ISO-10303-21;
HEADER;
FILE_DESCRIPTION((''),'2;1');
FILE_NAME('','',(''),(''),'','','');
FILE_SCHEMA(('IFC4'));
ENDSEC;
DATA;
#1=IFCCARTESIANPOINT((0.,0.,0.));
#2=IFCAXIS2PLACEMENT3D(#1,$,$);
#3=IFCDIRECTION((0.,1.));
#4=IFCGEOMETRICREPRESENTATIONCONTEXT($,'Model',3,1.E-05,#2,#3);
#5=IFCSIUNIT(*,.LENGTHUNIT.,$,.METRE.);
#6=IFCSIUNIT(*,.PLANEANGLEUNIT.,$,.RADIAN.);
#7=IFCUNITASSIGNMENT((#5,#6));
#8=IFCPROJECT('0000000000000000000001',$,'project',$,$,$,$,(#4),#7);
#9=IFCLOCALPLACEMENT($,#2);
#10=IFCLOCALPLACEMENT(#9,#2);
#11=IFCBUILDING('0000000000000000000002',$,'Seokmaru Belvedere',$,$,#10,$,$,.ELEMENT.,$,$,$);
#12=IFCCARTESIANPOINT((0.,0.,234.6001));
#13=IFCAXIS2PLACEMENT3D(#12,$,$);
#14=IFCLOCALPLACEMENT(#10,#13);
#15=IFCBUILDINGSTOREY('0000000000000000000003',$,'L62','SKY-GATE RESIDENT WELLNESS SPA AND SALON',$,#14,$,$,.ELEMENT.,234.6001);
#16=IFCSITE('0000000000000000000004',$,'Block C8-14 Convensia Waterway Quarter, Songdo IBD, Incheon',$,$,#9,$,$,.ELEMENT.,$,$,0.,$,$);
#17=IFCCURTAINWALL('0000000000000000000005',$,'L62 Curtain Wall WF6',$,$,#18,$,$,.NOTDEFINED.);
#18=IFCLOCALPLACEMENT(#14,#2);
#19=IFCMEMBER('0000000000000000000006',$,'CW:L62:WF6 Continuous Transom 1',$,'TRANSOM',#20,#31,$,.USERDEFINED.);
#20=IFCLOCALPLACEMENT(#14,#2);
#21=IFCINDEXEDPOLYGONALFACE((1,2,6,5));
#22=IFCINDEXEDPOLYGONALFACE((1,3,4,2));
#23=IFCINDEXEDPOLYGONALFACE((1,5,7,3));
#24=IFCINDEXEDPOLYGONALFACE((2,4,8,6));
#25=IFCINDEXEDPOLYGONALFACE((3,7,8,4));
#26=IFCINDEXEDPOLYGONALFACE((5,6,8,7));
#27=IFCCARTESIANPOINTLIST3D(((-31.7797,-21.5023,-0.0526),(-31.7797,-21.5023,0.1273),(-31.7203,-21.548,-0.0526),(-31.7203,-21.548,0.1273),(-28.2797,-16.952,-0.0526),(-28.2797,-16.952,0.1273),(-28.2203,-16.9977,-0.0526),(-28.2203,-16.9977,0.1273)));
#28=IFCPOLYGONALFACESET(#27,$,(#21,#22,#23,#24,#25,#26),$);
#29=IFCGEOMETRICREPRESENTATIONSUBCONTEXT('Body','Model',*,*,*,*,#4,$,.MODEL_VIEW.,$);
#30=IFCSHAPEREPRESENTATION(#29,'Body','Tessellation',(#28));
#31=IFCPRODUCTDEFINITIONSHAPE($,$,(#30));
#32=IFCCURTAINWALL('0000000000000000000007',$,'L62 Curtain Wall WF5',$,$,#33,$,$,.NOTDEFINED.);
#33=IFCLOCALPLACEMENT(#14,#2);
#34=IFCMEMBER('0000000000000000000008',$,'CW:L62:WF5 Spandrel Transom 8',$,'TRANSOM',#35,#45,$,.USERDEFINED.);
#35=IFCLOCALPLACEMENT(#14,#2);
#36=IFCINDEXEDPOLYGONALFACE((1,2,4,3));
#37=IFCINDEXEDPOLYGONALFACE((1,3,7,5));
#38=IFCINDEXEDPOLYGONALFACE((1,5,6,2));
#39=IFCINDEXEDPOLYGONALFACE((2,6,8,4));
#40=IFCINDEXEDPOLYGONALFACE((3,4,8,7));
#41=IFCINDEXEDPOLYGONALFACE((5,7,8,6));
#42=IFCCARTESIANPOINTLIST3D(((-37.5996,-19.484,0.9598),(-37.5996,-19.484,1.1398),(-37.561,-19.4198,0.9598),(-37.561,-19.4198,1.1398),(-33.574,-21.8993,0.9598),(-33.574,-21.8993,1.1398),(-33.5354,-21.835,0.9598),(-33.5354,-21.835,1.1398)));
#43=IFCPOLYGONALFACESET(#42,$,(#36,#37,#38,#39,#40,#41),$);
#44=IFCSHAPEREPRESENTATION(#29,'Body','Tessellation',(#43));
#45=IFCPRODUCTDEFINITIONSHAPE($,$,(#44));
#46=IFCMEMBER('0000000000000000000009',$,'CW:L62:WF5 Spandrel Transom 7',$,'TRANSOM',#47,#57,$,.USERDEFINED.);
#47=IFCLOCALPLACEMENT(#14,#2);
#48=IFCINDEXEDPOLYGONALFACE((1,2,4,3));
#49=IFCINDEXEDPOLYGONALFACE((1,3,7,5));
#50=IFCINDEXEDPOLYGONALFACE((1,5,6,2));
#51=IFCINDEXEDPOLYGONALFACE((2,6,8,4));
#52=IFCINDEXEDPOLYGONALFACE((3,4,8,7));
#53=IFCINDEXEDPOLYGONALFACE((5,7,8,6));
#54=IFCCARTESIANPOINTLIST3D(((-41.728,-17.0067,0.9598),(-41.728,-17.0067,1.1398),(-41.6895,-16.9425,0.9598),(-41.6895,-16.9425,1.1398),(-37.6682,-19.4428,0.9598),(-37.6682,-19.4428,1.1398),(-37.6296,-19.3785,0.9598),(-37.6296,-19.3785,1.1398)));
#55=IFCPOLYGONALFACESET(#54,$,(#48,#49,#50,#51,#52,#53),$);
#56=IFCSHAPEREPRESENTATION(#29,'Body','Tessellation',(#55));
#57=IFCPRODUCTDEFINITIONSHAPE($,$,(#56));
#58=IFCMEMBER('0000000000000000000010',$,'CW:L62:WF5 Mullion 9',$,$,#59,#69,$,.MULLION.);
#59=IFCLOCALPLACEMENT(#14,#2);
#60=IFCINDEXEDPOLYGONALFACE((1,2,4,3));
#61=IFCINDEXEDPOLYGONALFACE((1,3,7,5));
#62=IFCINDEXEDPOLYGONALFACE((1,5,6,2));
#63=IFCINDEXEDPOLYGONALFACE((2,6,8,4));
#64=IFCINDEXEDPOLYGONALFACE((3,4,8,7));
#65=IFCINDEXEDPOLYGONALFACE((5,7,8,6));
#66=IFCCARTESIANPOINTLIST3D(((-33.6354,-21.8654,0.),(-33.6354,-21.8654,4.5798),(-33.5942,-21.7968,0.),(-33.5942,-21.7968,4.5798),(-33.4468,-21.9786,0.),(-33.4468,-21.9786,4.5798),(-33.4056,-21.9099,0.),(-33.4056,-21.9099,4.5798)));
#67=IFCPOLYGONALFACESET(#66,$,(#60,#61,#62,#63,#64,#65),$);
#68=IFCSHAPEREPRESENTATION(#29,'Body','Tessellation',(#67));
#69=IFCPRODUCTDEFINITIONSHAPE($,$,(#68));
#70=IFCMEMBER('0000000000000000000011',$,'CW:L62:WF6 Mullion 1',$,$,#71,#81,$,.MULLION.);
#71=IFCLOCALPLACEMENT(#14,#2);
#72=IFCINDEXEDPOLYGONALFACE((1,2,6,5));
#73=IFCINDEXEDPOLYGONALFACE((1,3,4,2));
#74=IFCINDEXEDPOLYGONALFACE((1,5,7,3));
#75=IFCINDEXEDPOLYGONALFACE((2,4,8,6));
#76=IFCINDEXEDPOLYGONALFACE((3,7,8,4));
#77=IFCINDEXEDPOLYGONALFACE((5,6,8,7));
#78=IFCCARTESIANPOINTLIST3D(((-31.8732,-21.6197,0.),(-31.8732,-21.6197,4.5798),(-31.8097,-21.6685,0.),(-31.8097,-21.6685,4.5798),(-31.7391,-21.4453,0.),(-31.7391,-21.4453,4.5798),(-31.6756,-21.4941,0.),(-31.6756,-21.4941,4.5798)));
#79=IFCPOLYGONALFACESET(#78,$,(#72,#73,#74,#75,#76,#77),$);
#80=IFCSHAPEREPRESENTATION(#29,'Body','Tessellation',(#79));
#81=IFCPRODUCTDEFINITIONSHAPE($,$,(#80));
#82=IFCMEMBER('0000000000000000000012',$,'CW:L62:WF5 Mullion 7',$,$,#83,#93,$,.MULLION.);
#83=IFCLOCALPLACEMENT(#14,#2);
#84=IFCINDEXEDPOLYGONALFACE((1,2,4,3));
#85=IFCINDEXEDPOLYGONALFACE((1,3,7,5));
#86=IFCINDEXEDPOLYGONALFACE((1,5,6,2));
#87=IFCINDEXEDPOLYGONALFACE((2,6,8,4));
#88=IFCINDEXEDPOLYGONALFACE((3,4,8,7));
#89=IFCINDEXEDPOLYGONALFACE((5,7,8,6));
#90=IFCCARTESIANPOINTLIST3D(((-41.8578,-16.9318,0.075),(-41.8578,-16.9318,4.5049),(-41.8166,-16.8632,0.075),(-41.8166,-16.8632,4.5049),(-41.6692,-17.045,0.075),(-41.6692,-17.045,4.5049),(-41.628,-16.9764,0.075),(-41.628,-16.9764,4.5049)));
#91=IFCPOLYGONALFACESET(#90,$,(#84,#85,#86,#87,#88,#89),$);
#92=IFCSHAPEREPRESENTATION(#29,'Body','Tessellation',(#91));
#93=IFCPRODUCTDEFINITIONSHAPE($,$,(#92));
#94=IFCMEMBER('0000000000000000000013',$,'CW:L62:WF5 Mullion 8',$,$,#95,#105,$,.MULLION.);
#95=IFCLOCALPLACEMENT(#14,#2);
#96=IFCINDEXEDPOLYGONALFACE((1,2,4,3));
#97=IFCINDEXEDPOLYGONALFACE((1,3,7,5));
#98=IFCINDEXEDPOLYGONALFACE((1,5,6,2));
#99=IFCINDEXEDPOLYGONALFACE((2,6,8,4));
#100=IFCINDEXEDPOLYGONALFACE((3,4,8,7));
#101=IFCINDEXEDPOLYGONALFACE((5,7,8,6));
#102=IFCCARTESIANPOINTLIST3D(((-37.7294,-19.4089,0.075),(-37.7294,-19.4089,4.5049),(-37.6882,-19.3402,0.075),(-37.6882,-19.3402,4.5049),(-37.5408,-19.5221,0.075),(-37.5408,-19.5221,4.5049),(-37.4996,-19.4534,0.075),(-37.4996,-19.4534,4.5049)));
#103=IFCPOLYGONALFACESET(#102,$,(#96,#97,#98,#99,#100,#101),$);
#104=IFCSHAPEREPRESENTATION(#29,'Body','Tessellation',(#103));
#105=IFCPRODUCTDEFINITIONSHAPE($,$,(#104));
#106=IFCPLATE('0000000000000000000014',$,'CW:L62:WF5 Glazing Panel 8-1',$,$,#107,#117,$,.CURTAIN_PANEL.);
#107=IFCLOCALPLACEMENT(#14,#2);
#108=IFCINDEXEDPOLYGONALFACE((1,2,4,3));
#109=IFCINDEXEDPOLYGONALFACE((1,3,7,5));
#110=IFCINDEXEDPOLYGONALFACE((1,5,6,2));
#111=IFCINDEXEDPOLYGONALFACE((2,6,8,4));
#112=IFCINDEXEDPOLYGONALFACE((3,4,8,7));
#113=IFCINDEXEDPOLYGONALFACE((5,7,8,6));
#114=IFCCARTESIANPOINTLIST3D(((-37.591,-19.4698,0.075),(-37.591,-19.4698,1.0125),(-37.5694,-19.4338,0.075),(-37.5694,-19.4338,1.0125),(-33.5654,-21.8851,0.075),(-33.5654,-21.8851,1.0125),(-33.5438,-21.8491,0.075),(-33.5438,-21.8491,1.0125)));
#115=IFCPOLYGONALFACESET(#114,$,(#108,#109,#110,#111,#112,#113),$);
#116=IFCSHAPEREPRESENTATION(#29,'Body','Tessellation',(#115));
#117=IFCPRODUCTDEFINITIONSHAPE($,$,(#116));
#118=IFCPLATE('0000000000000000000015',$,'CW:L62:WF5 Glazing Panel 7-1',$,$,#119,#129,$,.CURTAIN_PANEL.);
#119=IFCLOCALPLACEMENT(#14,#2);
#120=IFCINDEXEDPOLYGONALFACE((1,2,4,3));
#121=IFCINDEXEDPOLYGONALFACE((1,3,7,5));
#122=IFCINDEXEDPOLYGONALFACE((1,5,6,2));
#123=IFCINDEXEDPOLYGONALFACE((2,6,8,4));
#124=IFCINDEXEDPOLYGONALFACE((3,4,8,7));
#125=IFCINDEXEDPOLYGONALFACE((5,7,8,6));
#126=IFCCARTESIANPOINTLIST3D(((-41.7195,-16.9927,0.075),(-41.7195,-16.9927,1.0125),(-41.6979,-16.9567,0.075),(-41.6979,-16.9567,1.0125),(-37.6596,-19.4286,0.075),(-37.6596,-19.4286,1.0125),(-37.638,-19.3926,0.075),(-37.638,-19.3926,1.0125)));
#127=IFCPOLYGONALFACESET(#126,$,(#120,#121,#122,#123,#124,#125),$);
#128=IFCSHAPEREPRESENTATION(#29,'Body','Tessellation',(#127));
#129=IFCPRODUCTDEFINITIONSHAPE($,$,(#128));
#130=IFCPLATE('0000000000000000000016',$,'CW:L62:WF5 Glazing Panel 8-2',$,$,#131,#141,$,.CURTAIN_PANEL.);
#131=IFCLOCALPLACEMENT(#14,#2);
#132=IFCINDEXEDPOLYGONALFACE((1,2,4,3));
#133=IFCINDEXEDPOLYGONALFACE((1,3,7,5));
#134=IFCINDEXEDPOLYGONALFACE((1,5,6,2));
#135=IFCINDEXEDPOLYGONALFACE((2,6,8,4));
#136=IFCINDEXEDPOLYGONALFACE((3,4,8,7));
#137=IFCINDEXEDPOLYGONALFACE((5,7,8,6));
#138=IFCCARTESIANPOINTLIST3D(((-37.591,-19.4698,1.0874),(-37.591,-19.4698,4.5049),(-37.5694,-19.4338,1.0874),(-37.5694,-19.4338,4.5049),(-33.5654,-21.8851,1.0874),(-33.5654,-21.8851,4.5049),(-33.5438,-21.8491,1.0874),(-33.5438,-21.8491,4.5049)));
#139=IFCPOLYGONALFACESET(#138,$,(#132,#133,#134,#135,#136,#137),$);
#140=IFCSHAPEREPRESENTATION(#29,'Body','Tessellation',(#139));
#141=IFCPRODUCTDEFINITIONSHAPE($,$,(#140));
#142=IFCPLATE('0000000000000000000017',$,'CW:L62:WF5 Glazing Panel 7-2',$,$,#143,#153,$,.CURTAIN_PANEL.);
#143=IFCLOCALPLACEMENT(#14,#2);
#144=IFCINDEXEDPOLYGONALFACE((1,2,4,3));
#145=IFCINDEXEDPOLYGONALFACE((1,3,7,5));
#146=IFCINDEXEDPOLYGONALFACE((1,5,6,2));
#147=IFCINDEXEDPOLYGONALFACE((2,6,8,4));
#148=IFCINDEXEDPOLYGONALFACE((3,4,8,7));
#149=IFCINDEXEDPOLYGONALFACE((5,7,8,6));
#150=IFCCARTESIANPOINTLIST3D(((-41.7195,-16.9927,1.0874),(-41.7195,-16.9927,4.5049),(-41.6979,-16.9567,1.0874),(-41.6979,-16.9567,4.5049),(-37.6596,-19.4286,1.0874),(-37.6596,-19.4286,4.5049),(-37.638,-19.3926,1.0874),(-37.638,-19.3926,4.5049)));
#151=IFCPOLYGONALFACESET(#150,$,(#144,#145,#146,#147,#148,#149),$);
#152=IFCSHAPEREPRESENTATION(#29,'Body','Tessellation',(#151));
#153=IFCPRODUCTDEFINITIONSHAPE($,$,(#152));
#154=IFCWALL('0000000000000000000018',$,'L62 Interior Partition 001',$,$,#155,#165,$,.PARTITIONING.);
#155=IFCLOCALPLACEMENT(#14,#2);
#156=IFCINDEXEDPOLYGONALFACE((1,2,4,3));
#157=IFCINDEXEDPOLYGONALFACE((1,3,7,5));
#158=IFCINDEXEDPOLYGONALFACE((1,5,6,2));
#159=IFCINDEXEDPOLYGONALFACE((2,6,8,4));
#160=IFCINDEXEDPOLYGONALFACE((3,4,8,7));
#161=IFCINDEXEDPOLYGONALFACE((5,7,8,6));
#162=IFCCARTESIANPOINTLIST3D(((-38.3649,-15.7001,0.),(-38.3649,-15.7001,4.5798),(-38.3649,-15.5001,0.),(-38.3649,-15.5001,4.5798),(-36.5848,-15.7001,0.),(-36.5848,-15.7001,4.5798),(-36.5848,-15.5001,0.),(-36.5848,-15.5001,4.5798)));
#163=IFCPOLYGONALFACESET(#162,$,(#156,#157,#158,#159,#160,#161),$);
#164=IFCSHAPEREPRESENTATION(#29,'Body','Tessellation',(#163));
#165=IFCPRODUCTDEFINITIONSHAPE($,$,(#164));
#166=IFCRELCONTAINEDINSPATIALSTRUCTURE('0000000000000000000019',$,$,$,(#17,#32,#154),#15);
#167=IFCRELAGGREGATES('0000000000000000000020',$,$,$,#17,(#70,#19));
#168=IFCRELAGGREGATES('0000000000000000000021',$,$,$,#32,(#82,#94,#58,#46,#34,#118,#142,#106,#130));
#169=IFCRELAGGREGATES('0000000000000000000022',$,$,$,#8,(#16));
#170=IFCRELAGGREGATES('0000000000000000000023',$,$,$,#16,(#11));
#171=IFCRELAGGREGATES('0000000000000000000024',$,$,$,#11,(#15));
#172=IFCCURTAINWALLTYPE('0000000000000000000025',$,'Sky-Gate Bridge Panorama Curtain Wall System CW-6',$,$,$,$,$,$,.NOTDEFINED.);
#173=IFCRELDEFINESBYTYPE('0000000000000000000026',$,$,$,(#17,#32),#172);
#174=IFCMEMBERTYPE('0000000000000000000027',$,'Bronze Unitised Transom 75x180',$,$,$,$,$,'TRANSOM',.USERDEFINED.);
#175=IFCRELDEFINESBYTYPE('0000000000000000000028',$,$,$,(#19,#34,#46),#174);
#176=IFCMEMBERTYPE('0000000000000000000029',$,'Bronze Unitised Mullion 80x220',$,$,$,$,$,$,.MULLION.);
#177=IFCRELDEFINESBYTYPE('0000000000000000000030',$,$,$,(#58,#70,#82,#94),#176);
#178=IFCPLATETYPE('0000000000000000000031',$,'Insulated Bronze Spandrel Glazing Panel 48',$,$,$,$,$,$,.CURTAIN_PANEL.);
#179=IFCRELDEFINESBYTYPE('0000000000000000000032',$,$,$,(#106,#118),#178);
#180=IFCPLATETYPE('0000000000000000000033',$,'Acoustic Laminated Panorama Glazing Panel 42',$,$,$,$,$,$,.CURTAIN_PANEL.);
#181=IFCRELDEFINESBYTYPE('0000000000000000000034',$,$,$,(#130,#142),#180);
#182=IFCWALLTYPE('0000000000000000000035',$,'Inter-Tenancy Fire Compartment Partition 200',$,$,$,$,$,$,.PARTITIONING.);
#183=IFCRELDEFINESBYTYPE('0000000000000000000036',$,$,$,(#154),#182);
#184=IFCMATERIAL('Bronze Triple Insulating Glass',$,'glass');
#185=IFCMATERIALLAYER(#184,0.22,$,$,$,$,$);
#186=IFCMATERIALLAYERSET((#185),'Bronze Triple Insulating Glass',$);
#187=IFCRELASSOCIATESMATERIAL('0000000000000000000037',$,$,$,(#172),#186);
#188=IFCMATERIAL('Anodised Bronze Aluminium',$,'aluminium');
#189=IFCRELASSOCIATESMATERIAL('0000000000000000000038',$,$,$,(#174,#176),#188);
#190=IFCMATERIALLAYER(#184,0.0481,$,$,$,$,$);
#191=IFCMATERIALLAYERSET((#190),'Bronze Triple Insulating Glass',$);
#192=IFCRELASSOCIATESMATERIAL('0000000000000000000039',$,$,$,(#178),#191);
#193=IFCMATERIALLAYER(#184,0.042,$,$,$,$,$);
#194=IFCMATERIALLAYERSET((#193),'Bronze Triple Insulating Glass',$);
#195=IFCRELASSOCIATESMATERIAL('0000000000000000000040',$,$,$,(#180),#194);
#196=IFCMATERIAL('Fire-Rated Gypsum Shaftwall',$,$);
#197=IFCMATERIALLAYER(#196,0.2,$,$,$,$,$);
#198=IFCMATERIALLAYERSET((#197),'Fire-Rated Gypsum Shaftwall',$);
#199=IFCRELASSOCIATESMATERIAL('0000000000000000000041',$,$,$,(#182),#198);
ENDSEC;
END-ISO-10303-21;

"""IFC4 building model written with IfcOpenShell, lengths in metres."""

from ifc_helpers import new_model, si_unit, direction, frame, frame_2d, origin, origin_2d, place, context, subcontext, project, spatial, rectangle, extrude, source, transform, mapped, material, layer, layer_set, material_profile, profile_set, type_object, type_shapes, element, aggregate, save


model = new_model("IFC4")

# Units and contexts
model_context = context("Model", 3, precision=1e-05, world=origin(), true_north=direction((0.0, 1.0)))
body_context = subcontext(model_context, "Body", "Model", "MODEL_VIEW")
ifc_project = project(units=[si_unit("LENGTHUNIT", "METRE"), si_unit("PLANEANGLEUNIT", "RADIAN")], contexts=[model_context])

# Site, building, storey
site_placement = place(None, origin())
site = spatial("IfcSite", under=ifc_project, at=site_placement, Name="Block C8-14 Convensia Waterway Quarter, Songdo IBD, Incheon", CompositionType="ELEMENT", RefElevation=0.0)
building_placement = place(site_placement, origin())
building = spatial("IfcBuilding", under=site, at=building_placement, Name="Seokmaru Belvedere", CompositionType="ELEMENT")
storey_placement = place(building_placement, frame((0.0, 0.0, 234.6001)))
storey = spatial("IfcBuildingStorey", under=building, at=storey_placement, Name="L62", Description="SKY-GATE RESIDENT WELLNESS SPA AND SALON", CompositionType="ELEMENT", Elevation=234.6001)

# Curtain wall, member
ifc_material_1 = material(Name="Bronze Triple Insulating Glass", Category="glass")
ifc_layer_1 = layer(ifc_material_1, 0.22)
ifc_layer_set_1 = layer_set([ifc_layer_1], Name="Bronze Triple Insulating Glass")
curtain_wall_type = type_object("IfcCurtainWallType", Name="Sky-Gate Bridge Panorama Curtain Wall System CW-6", PredefinedType="NOTDEFINED", material=ifc_layer_set_1)
curtain_wall_1_placement = place(storey_placement, origin())
curtain_wall_1 = element("IfcCurtainWall", 1, at=curtain_wall_1_placement, inside=storey, type_object=curtain_wall_type, Name="L62 Curtain Wall WF6", PredefinedType="NOTDEFINED")
ifc_material_2 = material(Name="Anodised Bronze Aluminium", Category="aluminium")
ifc_material_profile_1 = material_profile(ifc_material_2, rectangle(XDim=0.075, YDim=0.1799, at=origin_2d()), Name="CW-T-75x180")
ifc_profile_set_1 = profile_set([ifc_material_profile_1], Name="Anodised Bronze Aluminium")
member_type_1 = type_object("IfcMemberType", Name="Bronze Unitised Transom 75x180", ElementType="TRANSOM", PredefinedType="USERDEFINED", material=ifc_profile_set_1)
shared_shape_1 = source(origin(), body_context, "Body", "SweptSolid", [
    extrude(rectangle(XDim=0.075, YDim=0.1799, at=origin_2d()), origin(), (0.0, 0.0, 1.0), 5.7407),
])
member_1_placement = place(storey_placement, frame((-31.75, -21.5251, 0.0374), z_axis=(0.609686, 0.792643, 0.0), x_axis=(-0.792643, 0.609686, 0.0)))
member_1 = element("IfcMember", 2, at=member_1_placement, type_object=member_type_1, Name="CW:L62:WF6 Continuous Transom 1", ObjectType="TRANSOM", PredefinedType="USERDEFINED", context=body_context, shape_type="MappedRepresentation", body=[
    mapped(shared_shape_1, transform((0.0, 0.0, 0.0), scale=1.0)),
])

# Curtain wall, members
curtain_wall_2_placement = place(storey_placement, origin())
curtain_wall_2 = element("IfcCurtainWall", 3, at=curtain_wall_2_placement, inside=storey, type_object=curtain_wall_type, Name="L62 Curtain Wall WF5", PredefinedType="NOTDEFINED")
shared_shape_2 = source(origin(), body_context, "Body", "SweptSolid", [
    extrude(rectangle(XDim=0.075, YDim=0.1799, at=origin_2d()), origin(), (0.0, 0.0, 1.0), 4.6946),
])
member_2_placement = place(storey_placement, frame((-37.5803, -19.4519, 1.0498), z_axis=(0.857502, -0.51448, 0.0), x_axis=(0.51448, 0.857502, 0.0)))
member_2 = element("IfcMember", 4, at=member_2_placement, type_object=member_type_1, Name="CW:L62:WF5 Spandrel Transom 8", ObjectType="TRANSOM", PredefinedType="USERDEFINED", context=body_context, shape_type="MappedRepresentation", body=[
    mapped(shared_shape_2, transform((0.0, 0.0, 0.0), scale=1.0)),
])
shared_shape_3 = source(origin(), body_context, "Body", "SweptSolid", [
    extrude(rectangle(XDim=0.075, YDim=0.1799, at=origin_2d()), origin(), (0.0, 0.0, 1.0), 4.7346),
])
type_shapes(member_type_1, [shared_shape_1, shared_shape_2, shared_shape_3])
member_3_placement = place(storey_placement, frame((-41.7087, -16.9746, 1.0498), z_axis=(0.857479, -0.514519, 0.0), x_axis=(0.514519, 0.857479, 0.0)))
member_3 = element("IfcMember", 5, at=member_3_placement, type_object=member_type_1, Name="CW:L62:WF5 Spandrel Transom 7", ObjectType="TRANSOM", PredefinedType="USERDEFINED", context=body_context, shape_type="MappedRepresentation", body=[
    mapped(shared_shape_3, transform((0.0, 0.0, 0.0), scale=1.0)),
])
ifc_material_profile_2 = material_profile(ifc_material_2, rectangle(XDim=0.0801, YDim=0.22, at=origin_2d()), Name="CW-M-80x220")
ifc_profile_set_2 = profile_set([ifc_material_profile_2], Name="Anodised Bronze Aluminium")
member_type_2 = type_object("IfcMemberType", Name="Bronze Unitised Mullion 80x220", PredefinedType="MULLION", material=ifc_profile_set_2)
shared_shape_4 = source(origin(), body_context, "Body", "SweptSolid", [
    extrude(rectangle(XDim=0.0801, YDim=0.22, at=origin_2d()), origin(), (0.0, 0.0, 1.0), 4.5798),
])
member_4_placement = place(storey_placement, frame((-33.5205, -21.8877, 0.0), z_axis=(0.0, 0.0, 1.0), x_axis=(0.514495, 0.857493, 0.0)))
member_4 = element("IfcMember", 6, at=member_4_placement, type_object=member_type_2, Name="CW:L62:WF5 Mullion 9", PredefinedType="MULLION", context=body_context, shape_type="MappedRepresentation", body=[
    mapped(shared_shape_4, transform((0.0, 0.0, 0.0), scale=1.0)),
])

# Members
member_5_placement = place(storey_placement, frame((-31.7744, -21.5569, 0.0), z_axis=(0.0, 0.0, 1.0), x_axis=(-0.792631, 0.609701, 0.0)))
member_5 = element("IfcMember", 7, at=member_5_placement, type_object=member_type_2, Name="CW:L62:WF6 Mullion 1", PredefinedType="MULLION", context=body_context, shape_type="MappedRepresentation", body=[
    mapped(shared_shape_4, transform((0.0, 0.0, 0.0), scale=1.0)),
])
aggregate(curtain_wall_1, [member_5, member_1])
shared_shape_5 = source(origin(), body_context, "Body", "SweptSolid", [
    extrude(rectangle(XDim=0.0801, YDim=0.22, at=origin_2d()), origin(), (0.0, 0.0, 1.0), 4.4299),
])
type_shapes(member_type_2, [shared_shape_4, shared_shape_5])
member_6_placement = place(storey_placement, frame((-41.7429, -16.9541, 0.075), z_axis=(0.0, 0.0, 1.0), x_axis=(0.514495, 0.857493, 0.0)))
member_6 = element("IfcMember", 8, at=member_6_placement, type_object=member_type_2, Name="CW:L62:WF5 Mullion 7", PredefinedType="MULLION", context=body_context, shape_type="MappedRepresentation", body=[
    mapped(shared_shape_5, transform((0.0, 0.0, 0.0), scale=1.0)),
])
member_7_placement = place(storey_placement, frame((-37.6145, -19.4312, 0.075), z_axis=(0.0, 0.0, 1.0), x_axis=(0.514495, 0.857493, 0.0)))
member_7 = element("IfcMember", 9, at=member_7_placement, type_object=member_type_2, Name="CW:L62:WF5 Mullion 8", PredefinedType="MULLION", context=body_context, shape_type="MappedRepresentation", body=[
    mapped(shared_shape_5, transform((0.0, 0.0, 0.0), scale=1.0)),
])

# Plates
ifc_layer_2 = layer(ifc_material_1, 0.0481)
ifc_layer_set_2 = layer_set([ifc_layer_2], Name="Bronze Triple Insulating Glass")
plate_type_1 = type_object("IfcPlateType", Name="Insulated Bronze Spandrel Glazing Panel 48", PredefinedType="CURTAIN_PANEL", material=ifc_layer_set_2)
shared_shape_6 = source(origin(), body_context, "Body", "SweptSolid", [
    extrude(rectangle(XDim=4.6946, YDim=0.042, at=origin_2d()), origin(), (0.0, 0.0, 1.0), 0.9375),
])
plate_1_placement = place(storey_placement, frame((-35.5674, -20.6594, 0.075), z_axis=(0.0, 0.0, 1.0), x_axis=(0.857493, -0.514495, 0.0)))
plate_1 = element("IfcPlate", 10, at=plate_1_placement, type_object=plate_type_1, Name="CW:L62:WF5 Glazing Panel 8-1", PredefinedType="CURTAIN_PANEL", context=body_context, shape_type="MappedRepresentation", body=[
    mapped(shared_shape_6, transform((0.0, 0.0, 0.0), scale=1.0)),
])
shared_shape_7 = source(origin(), body_context, "Body", "SweptSolid", [
    extrude(rectangle(XDim=4.7346, YDim=0.042, at=origin_2d()), origin(), (0.0, 0.0, 1.0), 0.9375),
])
type_shapes(plate_type_1, [shared_shape_6, shared_shape_7])
plate_2_placement = place(storey_placement, frame((-39.6787, -18.1926, 0.075), z_axis=(0.0, 0.0, 1.0), x_axis=(0.857493, -0.514495, 0.0)))
plate_2 = element("IfcPlate", 11, at=plate_2_placement, type_object=plate_type_1, Name="CW:L62:WF5 Glazing Panel 7-1", PredefinedType="CURTAIN_PANEL", context=body_context, shape_type="MappedRepresentation", body=[
    mapped(shared_shape_7, transform((0.0, 0.0, 0.0), scale=1.0)),
])
ifc_layer_3 = layer(ifc_material_1, 0.042)
ifc_layer_set_3 = layer_set([ifc_layer_3], Name="Bronze Triple Insulating Glass")
plate_type_2 = type_object("IfcPlateType", Name="Acoustic Laminated Panorama Glazing Panel 42", PredefinedType="CURTAIN_PANEL", material=ifc_layer_set_3)
shared_shape_8 = source(origin(), body_context, "Body", "SweptSolid", [
    extrude(rectangle(XDim=4.6946, YDim=0.042, at=origin_2d()), origin(), (0.0, 0.0, 1.0), 3.4175),
])
plate_3_placement = place(storey_placement, frame((-35.5674, -20.6594, 1.0874), z_axis=(0.0, 0.0, 1.0), x_axis=(0.857493, -0.514495, 0.0)))
plate_3 = element("IfcPlate", 12, at=plate_3_placement, type_object=plate_type_2, Name="CW:L62:WF5 Glazing Panel 8-2", PredefinedType="CURTAIN_PANEL", context=body_context, shape_type="MappedRepresentation", body=[
    mapped(shared_shape_8, transform((0.0, 0.0, 0.0), scale=1.0)),
])
shared_shape_9 = source(origin(), body_context, "Body", "SweptSolid", [
    extrude(rectangle(XDim=4.7346, YDim=0.042, at=origin_2d()), origin(), (0.0, 0.0, 1.0), 3.4175),
])
type_shapes(plate_type_2, [shared_shape_8, shared_shape_9])
plate_4_placement = place(storey_placement, frame((-39.6787, -18.1926, 1.0874), z_axis=(0.0, 0.0, 1.0), x_axis=(0.857493, -0.514495, 0.0)))
plate_4 = element("IfcPlate", 13, at=plate_4_placement, type_object=plate_type_2, Name="CW:L62:WF5 Glazing Panel 7-2", PredefinedType="CURTAIN_PANEL", context=body_context, shape_type="MappedRepresentation", body=[
    mapped(shared_shape_9, transform((0.0, 0.0, 0.0), scale=1.0)),
])
aggregate(curtain_wall_2, [member_6, member_7, member_4, member_3, member_2, plate_2, plate_4, plate_1, plate_3])

# Wall
ifc_material_3 = material(Name="Fire-Rated Gypsum Shaftwall")
ifc_layer_4 = layer(ifc_material_3, 0.2)
ifc_layer_set_4 = layer_set([ifc_layer_4], Name="Fire-Rated Gypsum Shaftwall")
wall_type_1 = type_object("IfcWallType", Name="Inter-Tenancy Fire Compartment Partition 200", PredefinedType="PARTITIONING", material=ifc_layer_set_4)
wall_1_placement = place(storey_placement, frame((-38.365, -15.6001, 0.0), z_axis=(0.0, 0.0, 1.0), x_axis=(1.0, 0.0, 0.0)))
element("IfcWall", 14, at=wall_1_placement, inside=storey, type_object=wall_type_1, Name="L62 Interior Partition 001", PredefinedType="PARTITIONING", context=body_context, shape_type="SweptSolid", body=[
    extrude(rectangle(XDim=1.78, YDim=0.2, at=frame_2d((0.8901, 0.0))), origin(), (0.0, 0.0, 1.0), 4.5798),
])

save(model, "model.ifc")
